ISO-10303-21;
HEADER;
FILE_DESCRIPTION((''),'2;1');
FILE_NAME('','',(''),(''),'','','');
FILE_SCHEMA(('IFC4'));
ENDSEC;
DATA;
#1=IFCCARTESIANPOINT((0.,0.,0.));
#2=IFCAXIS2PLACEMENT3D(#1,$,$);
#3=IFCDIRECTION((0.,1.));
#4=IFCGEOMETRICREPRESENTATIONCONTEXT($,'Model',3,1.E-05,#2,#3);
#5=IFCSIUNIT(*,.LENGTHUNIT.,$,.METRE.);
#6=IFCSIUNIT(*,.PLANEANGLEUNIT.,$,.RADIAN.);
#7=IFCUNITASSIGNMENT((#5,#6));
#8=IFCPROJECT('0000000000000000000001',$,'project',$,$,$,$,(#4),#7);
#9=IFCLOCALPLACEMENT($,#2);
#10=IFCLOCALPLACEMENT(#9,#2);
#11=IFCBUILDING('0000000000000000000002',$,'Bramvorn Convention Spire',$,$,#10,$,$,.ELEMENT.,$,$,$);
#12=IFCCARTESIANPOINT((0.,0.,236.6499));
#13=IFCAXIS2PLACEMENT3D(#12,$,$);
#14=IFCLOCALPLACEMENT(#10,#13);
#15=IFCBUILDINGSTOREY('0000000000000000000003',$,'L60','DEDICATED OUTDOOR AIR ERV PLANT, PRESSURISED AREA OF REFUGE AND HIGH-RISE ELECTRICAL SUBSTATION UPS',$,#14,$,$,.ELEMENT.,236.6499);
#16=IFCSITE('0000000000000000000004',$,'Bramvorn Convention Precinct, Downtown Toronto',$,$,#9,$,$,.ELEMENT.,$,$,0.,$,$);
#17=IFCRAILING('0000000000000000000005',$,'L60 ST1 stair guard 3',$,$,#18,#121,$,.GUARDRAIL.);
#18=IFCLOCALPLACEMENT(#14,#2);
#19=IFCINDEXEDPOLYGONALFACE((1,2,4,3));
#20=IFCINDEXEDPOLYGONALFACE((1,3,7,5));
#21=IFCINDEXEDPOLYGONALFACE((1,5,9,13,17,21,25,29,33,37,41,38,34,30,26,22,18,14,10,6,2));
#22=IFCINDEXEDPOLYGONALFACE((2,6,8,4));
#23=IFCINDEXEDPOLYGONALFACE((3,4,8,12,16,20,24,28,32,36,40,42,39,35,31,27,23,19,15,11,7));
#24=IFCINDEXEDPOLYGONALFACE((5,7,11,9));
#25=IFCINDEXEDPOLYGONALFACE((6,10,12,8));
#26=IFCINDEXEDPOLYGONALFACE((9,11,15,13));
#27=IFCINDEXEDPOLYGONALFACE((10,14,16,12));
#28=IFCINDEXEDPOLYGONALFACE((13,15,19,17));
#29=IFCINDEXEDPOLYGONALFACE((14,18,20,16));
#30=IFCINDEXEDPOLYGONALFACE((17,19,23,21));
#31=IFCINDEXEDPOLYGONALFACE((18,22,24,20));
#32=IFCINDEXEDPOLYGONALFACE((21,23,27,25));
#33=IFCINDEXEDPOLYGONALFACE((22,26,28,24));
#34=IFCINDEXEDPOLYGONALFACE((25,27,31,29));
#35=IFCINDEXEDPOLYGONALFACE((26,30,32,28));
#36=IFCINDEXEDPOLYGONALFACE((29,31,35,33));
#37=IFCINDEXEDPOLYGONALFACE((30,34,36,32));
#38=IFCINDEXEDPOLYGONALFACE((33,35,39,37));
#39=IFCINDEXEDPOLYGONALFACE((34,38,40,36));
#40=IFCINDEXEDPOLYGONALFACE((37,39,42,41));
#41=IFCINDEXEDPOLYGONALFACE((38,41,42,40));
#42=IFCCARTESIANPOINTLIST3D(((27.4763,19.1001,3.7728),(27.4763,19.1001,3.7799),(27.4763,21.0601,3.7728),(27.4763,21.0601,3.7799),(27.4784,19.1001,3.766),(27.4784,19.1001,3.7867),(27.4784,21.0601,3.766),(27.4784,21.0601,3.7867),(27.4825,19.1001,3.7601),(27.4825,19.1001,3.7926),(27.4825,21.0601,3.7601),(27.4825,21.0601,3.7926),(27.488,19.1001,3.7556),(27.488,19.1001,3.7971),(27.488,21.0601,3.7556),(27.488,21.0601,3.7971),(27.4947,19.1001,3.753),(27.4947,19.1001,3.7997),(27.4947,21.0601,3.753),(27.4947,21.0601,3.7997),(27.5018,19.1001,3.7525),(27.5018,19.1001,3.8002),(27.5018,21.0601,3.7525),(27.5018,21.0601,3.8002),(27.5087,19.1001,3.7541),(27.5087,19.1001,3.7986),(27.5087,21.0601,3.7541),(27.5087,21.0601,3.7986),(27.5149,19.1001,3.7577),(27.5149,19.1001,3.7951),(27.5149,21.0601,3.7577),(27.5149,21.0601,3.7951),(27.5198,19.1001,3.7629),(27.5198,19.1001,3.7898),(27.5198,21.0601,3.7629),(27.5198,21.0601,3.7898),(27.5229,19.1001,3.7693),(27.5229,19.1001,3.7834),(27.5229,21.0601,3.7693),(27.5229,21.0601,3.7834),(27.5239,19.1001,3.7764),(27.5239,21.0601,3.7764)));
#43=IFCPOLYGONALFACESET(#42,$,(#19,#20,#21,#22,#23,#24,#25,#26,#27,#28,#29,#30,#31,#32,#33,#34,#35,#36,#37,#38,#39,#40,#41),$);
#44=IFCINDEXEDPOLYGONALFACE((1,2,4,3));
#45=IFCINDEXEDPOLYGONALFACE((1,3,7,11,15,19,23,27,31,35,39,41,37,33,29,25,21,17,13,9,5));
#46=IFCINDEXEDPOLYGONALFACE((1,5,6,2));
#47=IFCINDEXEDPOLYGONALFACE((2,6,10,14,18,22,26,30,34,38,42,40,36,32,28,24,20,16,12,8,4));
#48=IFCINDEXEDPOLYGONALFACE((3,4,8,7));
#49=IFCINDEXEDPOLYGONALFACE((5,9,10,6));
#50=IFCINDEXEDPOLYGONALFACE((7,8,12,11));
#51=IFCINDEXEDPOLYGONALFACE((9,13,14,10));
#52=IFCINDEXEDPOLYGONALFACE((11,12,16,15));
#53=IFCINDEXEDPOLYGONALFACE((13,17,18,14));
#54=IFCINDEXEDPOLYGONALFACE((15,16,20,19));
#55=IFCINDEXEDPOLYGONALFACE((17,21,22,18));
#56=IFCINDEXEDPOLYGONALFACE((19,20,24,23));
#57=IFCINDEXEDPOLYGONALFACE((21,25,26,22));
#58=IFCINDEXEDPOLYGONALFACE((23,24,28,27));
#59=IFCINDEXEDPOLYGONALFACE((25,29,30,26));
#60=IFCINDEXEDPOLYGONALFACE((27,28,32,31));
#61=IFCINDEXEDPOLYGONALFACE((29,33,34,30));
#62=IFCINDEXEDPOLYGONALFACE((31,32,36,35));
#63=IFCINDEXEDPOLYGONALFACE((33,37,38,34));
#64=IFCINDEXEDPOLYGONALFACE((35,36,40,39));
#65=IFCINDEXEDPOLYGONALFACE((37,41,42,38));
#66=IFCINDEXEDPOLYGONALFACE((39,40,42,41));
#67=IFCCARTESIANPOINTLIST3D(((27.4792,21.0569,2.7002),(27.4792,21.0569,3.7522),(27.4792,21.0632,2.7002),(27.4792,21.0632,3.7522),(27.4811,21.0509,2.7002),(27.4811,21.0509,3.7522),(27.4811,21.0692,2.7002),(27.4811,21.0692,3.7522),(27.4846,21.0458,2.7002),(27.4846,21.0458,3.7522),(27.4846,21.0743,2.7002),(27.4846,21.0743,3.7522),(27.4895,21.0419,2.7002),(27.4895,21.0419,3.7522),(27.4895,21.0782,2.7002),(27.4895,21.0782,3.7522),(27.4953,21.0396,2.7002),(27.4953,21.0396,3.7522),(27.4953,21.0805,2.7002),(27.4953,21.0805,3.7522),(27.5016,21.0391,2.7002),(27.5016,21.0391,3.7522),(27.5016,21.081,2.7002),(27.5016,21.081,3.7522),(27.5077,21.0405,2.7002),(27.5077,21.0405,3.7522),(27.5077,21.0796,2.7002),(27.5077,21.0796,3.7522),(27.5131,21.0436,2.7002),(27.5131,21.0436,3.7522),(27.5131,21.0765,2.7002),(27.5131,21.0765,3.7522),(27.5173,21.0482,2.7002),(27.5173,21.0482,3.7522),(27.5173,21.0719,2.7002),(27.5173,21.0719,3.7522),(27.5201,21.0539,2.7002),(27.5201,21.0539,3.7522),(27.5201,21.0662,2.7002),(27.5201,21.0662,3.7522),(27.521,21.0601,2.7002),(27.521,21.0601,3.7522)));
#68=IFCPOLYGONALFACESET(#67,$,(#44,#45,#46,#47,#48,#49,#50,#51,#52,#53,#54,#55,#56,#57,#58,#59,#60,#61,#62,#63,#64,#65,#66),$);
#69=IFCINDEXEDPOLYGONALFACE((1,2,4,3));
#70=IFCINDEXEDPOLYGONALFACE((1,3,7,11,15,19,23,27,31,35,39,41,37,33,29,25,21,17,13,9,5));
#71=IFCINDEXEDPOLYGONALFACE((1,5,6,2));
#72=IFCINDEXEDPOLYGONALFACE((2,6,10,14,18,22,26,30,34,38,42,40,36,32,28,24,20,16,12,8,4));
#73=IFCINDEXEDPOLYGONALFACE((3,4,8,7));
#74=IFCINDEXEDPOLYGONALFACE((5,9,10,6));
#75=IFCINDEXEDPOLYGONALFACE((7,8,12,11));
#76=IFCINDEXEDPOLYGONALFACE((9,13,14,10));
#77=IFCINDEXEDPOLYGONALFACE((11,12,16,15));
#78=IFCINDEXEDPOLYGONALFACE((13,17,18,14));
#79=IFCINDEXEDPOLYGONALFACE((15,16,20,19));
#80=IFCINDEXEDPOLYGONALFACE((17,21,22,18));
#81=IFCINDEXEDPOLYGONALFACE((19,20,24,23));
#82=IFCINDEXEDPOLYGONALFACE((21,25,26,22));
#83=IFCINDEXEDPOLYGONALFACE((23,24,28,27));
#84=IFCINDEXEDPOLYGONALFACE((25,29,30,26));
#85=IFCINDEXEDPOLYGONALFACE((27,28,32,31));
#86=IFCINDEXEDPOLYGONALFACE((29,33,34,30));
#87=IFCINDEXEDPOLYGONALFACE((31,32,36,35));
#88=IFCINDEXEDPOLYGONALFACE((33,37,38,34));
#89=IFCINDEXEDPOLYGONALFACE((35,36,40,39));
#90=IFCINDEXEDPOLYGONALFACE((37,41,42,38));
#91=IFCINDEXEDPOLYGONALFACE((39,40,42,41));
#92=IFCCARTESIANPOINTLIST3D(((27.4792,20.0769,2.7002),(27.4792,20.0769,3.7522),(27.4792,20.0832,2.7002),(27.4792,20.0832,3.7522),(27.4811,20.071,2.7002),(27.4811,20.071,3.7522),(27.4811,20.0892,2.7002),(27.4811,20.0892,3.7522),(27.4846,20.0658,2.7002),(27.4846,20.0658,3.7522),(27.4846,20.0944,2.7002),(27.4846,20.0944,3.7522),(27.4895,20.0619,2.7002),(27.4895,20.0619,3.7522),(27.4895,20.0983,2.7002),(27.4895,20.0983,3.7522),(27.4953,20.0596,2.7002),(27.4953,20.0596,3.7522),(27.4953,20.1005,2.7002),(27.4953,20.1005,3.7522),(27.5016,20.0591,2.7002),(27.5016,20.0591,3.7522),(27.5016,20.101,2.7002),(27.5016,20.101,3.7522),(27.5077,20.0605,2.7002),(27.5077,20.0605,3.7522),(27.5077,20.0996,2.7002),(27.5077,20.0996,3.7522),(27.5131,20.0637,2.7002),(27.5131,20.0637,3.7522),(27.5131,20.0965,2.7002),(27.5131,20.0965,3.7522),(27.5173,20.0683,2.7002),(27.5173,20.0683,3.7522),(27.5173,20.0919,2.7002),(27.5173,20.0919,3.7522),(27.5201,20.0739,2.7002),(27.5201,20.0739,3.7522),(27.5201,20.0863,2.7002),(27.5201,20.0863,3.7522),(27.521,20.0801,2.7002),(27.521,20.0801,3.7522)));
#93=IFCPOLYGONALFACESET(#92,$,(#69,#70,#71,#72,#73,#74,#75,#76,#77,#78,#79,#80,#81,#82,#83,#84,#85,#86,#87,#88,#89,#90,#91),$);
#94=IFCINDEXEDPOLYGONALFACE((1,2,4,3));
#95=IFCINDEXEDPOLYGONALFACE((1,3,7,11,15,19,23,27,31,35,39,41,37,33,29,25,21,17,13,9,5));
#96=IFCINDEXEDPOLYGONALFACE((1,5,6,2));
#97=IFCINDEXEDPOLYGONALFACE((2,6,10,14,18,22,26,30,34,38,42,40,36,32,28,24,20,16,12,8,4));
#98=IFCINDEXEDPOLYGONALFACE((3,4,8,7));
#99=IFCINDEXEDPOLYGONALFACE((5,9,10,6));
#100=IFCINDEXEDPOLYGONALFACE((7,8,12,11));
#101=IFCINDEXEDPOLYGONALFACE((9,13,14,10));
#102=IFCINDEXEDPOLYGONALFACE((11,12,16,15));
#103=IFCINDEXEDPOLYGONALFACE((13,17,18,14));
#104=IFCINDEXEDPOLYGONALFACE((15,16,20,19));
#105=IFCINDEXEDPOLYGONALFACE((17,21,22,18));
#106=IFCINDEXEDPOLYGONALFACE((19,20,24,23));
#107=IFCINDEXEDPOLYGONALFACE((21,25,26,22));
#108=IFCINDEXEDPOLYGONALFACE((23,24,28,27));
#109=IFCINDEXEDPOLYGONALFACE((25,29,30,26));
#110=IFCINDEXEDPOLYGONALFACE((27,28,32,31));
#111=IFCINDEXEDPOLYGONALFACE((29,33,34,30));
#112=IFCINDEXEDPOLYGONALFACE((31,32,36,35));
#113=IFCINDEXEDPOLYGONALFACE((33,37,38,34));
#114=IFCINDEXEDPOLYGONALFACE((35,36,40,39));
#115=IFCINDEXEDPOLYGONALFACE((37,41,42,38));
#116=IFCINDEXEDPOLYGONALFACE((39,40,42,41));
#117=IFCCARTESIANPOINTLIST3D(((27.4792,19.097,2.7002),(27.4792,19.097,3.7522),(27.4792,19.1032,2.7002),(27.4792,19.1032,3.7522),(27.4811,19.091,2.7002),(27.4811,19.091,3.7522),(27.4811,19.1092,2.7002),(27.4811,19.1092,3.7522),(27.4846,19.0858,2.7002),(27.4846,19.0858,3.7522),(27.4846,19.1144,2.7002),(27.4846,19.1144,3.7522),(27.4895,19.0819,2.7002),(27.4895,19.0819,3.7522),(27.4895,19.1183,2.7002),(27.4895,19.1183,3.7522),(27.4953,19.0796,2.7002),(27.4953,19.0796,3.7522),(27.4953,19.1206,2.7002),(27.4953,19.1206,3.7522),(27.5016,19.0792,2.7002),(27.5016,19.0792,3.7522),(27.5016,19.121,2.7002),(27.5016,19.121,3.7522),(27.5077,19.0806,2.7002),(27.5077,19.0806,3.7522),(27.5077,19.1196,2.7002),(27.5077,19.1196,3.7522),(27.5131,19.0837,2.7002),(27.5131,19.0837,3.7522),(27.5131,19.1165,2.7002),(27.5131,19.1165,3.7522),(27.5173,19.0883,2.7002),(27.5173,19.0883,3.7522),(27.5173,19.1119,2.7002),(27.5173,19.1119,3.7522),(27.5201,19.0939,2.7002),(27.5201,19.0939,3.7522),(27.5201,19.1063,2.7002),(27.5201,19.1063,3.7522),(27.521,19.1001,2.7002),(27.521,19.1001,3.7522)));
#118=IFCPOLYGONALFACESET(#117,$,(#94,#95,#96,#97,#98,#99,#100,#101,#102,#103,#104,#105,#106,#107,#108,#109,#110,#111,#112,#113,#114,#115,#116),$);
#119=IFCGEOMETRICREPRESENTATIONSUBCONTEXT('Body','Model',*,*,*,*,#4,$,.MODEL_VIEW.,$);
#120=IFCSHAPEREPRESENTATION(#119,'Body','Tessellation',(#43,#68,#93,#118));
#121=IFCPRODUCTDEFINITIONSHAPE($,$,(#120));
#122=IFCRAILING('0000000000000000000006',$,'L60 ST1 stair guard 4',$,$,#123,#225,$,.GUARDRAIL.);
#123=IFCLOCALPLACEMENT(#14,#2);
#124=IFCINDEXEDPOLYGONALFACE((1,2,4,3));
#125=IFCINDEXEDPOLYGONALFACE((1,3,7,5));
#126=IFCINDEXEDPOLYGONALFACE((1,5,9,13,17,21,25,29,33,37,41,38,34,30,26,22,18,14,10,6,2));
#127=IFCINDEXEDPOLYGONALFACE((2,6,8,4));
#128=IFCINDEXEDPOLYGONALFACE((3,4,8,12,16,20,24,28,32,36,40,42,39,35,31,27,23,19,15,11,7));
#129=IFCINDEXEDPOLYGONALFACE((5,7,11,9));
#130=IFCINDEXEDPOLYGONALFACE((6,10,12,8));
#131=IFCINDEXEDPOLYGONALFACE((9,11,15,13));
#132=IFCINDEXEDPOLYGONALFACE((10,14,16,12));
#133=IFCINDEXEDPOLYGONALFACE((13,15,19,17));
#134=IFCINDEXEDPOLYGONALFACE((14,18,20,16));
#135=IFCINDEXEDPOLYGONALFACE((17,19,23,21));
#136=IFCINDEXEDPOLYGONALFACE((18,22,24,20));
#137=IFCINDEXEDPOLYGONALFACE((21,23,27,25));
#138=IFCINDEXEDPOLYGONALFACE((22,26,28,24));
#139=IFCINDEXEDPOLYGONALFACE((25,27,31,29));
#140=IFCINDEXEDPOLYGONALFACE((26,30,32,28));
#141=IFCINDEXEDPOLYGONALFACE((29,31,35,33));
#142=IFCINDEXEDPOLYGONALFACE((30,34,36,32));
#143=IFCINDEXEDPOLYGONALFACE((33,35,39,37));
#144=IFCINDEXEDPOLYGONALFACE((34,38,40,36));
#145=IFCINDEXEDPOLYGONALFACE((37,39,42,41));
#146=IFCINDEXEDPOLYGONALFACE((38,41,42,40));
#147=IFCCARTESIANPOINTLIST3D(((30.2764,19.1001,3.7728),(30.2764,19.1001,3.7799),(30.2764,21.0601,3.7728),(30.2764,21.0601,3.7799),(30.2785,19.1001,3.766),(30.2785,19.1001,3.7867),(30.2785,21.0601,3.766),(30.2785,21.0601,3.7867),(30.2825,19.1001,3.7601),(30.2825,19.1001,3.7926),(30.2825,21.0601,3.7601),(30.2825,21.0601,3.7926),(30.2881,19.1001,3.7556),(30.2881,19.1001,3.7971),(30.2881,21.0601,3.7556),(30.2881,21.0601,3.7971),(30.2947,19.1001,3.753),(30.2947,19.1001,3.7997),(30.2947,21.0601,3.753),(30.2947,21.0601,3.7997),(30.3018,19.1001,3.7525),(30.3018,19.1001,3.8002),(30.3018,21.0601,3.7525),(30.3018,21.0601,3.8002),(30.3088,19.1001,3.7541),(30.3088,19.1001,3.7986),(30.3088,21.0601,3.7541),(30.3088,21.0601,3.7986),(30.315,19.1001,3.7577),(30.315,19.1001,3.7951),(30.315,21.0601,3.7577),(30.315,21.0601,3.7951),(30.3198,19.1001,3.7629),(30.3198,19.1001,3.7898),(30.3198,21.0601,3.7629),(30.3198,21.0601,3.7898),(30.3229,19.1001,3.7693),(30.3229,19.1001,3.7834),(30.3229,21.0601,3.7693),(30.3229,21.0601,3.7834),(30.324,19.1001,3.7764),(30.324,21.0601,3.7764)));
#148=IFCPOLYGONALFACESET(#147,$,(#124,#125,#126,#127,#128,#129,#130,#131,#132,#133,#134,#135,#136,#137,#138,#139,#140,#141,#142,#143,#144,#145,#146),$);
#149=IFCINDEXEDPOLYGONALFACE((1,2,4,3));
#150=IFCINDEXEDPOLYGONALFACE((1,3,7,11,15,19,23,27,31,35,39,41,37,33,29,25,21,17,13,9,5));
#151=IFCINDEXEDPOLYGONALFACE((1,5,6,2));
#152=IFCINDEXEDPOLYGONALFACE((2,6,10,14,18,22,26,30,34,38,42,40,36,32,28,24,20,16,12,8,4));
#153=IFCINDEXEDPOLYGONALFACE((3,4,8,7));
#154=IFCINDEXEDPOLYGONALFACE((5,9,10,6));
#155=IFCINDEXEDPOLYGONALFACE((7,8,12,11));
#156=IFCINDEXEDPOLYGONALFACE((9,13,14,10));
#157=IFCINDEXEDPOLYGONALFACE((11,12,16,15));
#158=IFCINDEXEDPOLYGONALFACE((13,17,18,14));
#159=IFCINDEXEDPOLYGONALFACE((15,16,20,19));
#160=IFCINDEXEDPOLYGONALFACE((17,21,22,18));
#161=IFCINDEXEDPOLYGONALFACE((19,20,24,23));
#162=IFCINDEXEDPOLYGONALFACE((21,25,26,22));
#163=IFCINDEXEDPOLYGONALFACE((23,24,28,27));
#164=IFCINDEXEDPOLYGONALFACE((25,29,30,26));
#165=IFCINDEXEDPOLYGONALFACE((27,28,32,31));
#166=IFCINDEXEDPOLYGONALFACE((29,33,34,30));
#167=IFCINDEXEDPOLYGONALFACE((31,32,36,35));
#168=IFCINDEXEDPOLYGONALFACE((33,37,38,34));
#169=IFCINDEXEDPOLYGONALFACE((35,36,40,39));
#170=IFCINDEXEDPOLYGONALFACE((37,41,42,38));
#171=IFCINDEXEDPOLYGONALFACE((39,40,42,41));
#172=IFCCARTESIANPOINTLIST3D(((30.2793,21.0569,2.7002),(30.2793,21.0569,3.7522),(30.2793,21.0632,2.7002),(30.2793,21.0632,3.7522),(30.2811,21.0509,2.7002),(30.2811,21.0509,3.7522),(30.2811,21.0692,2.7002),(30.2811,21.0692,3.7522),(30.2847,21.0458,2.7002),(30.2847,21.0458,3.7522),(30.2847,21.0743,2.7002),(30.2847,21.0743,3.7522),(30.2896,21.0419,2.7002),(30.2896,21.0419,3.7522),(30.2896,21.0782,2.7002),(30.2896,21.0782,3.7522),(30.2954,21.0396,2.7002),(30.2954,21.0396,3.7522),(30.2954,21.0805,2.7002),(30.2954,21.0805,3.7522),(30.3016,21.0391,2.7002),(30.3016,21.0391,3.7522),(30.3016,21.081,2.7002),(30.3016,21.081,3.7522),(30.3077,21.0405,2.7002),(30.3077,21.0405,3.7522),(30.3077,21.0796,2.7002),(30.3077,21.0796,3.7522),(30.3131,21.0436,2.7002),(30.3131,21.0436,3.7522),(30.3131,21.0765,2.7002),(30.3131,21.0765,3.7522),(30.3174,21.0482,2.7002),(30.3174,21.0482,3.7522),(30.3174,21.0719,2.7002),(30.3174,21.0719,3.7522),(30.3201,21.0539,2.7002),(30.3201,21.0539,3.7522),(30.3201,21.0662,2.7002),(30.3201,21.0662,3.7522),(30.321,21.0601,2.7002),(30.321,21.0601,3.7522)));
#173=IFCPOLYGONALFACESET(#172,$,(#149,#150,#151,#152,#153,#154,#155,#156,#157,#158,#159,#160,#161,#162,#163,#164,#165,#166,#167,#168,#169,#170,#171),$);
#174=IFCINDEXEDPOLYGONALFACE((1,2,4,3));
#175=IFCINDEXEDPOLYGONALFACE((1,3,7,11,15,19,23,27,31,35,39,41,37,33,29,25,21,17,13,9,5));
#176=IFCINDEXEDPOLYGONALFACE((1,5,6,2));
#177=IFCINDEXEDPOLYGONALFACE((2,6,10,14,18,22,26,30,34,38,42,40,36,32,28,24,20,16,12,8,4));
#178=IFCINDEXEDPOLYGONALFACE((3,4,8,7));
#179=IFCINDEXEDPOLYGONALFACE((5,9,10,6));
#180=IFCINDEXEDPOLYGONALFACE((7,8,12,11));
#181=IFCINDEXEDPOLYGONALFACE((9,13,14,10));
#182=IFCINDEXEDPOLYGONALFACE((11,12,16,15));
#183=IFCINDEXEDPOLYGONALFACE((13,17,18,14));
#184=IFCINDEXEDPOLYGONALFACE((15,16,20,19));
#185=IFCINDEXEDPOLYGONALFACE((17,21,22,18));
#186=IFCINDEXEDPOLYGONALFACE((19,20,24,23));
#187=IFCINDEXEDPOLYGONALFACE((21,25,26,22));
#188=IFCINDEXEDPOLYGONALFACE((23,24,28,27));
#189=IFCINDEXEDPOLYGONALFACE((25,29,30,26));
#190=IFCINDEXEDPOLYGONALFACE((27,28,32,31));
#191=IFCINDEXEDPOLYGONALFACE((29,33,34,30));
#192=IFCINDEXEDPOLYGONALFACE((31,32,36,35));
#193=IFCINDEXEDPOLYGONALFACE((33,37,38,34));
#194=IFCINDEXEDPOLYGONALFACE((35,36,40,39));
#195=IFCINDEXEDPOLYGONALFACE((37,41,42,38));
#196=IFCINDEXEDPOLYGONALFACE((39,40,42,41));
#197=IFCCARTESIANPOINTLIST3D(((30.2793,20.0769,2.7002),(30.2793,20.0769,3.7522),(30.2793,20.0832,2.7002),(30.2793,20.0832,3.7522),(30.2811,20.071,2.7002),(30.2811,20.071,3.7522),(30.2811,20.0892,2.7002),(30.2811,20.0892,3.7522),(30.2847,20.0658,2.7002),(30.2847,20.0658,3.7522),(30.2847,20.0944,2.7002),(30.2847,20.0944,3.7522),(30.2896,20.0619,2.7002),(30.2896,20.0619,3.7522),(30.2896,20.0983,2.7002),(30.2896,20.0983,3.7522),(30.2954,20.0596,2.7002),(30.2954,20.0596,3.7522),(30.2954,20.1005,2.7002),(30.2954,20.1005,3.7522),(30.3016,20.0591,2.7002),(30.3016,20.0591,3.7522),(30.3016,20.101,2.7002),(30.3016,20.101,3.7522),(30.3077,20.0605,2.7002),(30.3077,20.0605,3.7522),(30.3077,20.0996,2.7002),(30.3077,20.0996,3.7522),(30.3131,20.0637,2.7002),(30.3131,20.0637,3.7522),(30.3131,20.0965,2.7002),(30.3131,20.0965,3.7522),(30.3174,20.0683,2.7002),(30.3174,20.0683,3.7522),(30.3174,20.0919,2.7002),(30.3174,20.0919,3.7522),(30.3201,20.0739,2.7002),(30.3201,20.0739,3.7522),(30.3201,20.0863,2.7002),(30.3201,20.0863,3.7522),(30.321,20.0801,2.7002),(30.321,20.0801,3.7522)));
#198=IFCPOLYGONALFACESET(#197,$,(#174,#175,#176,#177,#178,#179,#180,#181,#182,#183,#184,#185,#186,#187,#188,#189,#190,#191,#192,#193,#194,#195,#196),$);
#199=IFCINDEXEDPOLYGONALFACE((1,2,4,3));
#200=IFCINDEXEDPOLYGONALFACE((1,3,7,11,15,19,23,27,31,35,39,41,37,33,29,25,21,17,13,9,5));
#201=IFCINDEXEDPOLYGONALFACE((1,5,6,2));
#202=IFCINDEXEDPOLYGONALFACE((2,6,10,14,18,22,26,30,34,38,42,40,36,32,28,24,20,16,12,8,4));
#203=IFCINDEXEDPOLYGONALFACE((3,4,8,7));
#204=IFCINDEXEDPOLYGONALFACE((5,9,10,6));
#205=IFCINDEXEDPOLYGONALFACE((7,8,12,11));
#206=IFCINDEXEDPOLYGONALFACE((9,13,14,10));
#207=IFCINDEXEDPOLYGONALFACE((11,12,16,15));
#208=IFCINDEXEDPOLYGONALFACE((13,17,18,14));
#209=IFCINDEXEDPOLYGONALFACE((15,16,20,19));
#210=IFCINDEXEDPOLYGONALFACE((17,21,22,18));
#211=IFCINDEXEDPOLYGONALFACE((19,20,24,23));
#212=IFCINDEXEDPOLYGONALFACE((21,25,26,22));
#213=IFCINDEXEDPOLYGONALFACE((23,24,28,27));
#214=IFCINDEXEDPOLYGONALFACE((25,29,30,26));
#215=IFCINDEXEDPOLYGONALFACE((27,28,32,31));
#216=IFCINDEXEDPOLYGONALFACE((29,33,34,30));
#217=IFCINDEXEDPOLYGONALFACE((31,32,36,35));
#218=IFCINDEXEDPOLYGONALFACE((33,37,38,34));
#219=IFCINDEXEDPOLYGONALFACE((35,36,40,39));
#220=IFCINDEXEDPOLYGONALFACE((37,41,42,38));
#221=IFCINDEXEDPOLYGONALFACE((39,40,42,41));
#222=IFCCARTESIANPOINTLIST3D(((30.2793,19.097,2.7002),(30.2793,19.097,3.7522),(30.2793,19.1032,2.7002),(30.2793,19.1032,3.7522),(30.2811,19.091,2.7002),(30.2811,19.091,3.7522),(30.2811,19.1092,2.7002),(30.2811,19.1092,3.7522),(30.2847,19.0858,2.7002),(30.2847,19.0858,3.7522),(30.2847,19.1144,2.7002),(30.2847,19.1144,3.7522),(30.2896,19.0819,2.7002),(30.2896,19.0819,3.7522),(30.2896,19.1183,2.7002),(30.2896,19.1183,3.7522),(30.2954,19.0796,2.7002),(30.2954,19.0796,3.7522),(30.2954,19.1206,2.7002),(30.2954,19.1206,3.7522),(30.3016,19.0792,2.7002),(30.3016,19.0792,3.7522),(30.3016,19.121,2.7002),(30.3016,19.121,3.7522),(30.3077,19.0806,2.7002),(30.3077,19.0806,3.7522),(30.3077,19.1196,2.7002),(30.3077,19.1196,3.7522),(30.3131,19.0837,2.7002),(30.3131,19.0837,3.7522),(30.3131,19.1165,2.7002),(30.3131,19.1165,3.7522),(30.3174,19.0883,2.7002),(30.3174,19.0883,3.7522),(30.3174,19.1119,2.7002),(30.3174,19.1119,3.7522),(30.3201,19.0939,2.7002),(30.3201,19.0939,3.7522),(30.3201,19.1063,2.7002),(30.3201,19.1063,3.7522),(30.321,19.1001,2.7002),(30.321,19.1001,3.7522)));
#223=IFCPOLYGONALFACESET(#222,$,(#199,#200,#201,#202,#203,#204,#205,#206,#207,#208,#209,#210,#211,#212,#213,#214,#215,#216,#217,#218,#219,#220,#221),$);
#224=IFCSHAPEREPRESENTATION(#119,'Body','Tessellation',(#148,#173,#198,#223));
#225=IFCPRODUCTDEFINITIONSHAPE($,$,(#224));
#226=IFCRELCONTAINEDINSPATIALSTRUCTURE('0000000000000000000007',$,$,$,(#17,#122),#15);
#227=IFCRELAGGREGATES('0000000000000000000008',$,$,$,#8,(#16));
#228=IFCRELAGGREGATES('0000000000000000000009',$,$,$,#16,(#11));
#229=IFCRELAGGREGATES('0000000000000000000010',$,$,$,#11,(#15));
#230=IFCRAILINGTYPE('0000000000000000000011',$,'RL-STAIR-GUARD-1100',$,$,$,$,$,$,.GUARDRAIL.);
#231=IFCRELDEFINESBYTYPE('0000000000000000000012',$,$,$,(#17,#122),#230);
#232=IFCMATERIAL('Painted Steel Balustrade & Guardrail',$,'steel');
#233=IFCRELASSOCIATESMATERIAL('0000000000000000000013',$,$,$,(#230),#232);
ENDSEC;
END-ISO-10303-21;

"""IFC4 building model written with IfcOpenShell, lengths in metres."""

from ifc_helpers import new_model, si_unit, direction, frame, origin, origin_2d, place, context, subcontext, project, spatial, circle, extrude, material, type_object, element, save


model = new_model("IFC4")

# Units and contexts
model_context = context("Model", 3, precision=1e-05, world=origin(), true_north=direction((0.0, 1.0)))
body_context = subcontext(model_context, "Body", "Model", "MODEL_VIEW")
ifc_project = project(units=[si_unit("LENGTHUNIT", "METRE"), si_unit("PLANEANGLEUNIT", "RADIAN")], contexts=[model_context])

# Site, building, storey
site_placement = place(None, origin())
site = spatial("IfcSite", under=ifc_project, at=site_placement, Name="Bramvorn Convention Precinct, Downtown Toronto", CompositionType="ELEMENT", RefElevation=0.0)
building_placement = place(site_placement, origin())
building = spatial("IfcBuilding", under=site, at=building_placement, Name="Bramvorn Convention Spire", CompositionType="ELEMENT")
storey_placement = place(building_placement, frame((0.0, 0.0, 236.6499)))
storey = spatial("IfcBuildingStorey", under=building, at=storey_placement, Name="L60", Description="DEDICATED OUTDOOR AIR ERV PLANT, PRESSURISED AREA OF REFUGE AND HIGH-RISE ELECTRICAL SUBSTATION UPS", CompositionType="ELEMENT", Elevation=236.6499)

# Railings
ifc_material_1 = material(Name="Painted Steel Balustrade & Guardrail", Category="steel")
railing_type_1 = type_object("IfcRailingType", Name="RL-STAIR-GUARD-1100", PredefinedType="GUARDRAIL", material=ifc_material_1)
for number, where, name in (
    (1, (27.5, 21.0601, 2.7002), "L60 ST1 stair guard 3"),
    (2, (30.3, 21.0601, 2.7002), "L60 ST1 stair guard 4"),
):
    element("IfcRailing", number, at=place(storey_placement, frame(where)), inside=storey, type_object=railing_type_1, Name=name, PredefinedType="GUARDRAIL", context=body_context, shape_type="SweptSolid", body=[
        extrude(circle(Radius=0.0239, at=origin_2d()), frame((0.0, 0.0, 1.0762), z_axis=(0.0, -1.0, 0.0), x_axis=(1.0, 0.0, 0.0)), (0.0, 0.0, 1.0), 1.96),
        extrude(circle(Radius=0.021, at=origin_2d()), origin(), (0.0, 0.0, 1.0), 1.052),
        extrude(circle(Radius=0.021, at=origin_2d()), frame((0.0, -0.98, 0.0)), (0.0, 0.0, 1.0), 1.052),
        extrude(circle(Radius=0.021, at=origin_2d()), frame((0.0, -1.96, 0.0)), (0.0, 0.0, 1.0), 1.052),
    ])

save(model, "model.ifc")
